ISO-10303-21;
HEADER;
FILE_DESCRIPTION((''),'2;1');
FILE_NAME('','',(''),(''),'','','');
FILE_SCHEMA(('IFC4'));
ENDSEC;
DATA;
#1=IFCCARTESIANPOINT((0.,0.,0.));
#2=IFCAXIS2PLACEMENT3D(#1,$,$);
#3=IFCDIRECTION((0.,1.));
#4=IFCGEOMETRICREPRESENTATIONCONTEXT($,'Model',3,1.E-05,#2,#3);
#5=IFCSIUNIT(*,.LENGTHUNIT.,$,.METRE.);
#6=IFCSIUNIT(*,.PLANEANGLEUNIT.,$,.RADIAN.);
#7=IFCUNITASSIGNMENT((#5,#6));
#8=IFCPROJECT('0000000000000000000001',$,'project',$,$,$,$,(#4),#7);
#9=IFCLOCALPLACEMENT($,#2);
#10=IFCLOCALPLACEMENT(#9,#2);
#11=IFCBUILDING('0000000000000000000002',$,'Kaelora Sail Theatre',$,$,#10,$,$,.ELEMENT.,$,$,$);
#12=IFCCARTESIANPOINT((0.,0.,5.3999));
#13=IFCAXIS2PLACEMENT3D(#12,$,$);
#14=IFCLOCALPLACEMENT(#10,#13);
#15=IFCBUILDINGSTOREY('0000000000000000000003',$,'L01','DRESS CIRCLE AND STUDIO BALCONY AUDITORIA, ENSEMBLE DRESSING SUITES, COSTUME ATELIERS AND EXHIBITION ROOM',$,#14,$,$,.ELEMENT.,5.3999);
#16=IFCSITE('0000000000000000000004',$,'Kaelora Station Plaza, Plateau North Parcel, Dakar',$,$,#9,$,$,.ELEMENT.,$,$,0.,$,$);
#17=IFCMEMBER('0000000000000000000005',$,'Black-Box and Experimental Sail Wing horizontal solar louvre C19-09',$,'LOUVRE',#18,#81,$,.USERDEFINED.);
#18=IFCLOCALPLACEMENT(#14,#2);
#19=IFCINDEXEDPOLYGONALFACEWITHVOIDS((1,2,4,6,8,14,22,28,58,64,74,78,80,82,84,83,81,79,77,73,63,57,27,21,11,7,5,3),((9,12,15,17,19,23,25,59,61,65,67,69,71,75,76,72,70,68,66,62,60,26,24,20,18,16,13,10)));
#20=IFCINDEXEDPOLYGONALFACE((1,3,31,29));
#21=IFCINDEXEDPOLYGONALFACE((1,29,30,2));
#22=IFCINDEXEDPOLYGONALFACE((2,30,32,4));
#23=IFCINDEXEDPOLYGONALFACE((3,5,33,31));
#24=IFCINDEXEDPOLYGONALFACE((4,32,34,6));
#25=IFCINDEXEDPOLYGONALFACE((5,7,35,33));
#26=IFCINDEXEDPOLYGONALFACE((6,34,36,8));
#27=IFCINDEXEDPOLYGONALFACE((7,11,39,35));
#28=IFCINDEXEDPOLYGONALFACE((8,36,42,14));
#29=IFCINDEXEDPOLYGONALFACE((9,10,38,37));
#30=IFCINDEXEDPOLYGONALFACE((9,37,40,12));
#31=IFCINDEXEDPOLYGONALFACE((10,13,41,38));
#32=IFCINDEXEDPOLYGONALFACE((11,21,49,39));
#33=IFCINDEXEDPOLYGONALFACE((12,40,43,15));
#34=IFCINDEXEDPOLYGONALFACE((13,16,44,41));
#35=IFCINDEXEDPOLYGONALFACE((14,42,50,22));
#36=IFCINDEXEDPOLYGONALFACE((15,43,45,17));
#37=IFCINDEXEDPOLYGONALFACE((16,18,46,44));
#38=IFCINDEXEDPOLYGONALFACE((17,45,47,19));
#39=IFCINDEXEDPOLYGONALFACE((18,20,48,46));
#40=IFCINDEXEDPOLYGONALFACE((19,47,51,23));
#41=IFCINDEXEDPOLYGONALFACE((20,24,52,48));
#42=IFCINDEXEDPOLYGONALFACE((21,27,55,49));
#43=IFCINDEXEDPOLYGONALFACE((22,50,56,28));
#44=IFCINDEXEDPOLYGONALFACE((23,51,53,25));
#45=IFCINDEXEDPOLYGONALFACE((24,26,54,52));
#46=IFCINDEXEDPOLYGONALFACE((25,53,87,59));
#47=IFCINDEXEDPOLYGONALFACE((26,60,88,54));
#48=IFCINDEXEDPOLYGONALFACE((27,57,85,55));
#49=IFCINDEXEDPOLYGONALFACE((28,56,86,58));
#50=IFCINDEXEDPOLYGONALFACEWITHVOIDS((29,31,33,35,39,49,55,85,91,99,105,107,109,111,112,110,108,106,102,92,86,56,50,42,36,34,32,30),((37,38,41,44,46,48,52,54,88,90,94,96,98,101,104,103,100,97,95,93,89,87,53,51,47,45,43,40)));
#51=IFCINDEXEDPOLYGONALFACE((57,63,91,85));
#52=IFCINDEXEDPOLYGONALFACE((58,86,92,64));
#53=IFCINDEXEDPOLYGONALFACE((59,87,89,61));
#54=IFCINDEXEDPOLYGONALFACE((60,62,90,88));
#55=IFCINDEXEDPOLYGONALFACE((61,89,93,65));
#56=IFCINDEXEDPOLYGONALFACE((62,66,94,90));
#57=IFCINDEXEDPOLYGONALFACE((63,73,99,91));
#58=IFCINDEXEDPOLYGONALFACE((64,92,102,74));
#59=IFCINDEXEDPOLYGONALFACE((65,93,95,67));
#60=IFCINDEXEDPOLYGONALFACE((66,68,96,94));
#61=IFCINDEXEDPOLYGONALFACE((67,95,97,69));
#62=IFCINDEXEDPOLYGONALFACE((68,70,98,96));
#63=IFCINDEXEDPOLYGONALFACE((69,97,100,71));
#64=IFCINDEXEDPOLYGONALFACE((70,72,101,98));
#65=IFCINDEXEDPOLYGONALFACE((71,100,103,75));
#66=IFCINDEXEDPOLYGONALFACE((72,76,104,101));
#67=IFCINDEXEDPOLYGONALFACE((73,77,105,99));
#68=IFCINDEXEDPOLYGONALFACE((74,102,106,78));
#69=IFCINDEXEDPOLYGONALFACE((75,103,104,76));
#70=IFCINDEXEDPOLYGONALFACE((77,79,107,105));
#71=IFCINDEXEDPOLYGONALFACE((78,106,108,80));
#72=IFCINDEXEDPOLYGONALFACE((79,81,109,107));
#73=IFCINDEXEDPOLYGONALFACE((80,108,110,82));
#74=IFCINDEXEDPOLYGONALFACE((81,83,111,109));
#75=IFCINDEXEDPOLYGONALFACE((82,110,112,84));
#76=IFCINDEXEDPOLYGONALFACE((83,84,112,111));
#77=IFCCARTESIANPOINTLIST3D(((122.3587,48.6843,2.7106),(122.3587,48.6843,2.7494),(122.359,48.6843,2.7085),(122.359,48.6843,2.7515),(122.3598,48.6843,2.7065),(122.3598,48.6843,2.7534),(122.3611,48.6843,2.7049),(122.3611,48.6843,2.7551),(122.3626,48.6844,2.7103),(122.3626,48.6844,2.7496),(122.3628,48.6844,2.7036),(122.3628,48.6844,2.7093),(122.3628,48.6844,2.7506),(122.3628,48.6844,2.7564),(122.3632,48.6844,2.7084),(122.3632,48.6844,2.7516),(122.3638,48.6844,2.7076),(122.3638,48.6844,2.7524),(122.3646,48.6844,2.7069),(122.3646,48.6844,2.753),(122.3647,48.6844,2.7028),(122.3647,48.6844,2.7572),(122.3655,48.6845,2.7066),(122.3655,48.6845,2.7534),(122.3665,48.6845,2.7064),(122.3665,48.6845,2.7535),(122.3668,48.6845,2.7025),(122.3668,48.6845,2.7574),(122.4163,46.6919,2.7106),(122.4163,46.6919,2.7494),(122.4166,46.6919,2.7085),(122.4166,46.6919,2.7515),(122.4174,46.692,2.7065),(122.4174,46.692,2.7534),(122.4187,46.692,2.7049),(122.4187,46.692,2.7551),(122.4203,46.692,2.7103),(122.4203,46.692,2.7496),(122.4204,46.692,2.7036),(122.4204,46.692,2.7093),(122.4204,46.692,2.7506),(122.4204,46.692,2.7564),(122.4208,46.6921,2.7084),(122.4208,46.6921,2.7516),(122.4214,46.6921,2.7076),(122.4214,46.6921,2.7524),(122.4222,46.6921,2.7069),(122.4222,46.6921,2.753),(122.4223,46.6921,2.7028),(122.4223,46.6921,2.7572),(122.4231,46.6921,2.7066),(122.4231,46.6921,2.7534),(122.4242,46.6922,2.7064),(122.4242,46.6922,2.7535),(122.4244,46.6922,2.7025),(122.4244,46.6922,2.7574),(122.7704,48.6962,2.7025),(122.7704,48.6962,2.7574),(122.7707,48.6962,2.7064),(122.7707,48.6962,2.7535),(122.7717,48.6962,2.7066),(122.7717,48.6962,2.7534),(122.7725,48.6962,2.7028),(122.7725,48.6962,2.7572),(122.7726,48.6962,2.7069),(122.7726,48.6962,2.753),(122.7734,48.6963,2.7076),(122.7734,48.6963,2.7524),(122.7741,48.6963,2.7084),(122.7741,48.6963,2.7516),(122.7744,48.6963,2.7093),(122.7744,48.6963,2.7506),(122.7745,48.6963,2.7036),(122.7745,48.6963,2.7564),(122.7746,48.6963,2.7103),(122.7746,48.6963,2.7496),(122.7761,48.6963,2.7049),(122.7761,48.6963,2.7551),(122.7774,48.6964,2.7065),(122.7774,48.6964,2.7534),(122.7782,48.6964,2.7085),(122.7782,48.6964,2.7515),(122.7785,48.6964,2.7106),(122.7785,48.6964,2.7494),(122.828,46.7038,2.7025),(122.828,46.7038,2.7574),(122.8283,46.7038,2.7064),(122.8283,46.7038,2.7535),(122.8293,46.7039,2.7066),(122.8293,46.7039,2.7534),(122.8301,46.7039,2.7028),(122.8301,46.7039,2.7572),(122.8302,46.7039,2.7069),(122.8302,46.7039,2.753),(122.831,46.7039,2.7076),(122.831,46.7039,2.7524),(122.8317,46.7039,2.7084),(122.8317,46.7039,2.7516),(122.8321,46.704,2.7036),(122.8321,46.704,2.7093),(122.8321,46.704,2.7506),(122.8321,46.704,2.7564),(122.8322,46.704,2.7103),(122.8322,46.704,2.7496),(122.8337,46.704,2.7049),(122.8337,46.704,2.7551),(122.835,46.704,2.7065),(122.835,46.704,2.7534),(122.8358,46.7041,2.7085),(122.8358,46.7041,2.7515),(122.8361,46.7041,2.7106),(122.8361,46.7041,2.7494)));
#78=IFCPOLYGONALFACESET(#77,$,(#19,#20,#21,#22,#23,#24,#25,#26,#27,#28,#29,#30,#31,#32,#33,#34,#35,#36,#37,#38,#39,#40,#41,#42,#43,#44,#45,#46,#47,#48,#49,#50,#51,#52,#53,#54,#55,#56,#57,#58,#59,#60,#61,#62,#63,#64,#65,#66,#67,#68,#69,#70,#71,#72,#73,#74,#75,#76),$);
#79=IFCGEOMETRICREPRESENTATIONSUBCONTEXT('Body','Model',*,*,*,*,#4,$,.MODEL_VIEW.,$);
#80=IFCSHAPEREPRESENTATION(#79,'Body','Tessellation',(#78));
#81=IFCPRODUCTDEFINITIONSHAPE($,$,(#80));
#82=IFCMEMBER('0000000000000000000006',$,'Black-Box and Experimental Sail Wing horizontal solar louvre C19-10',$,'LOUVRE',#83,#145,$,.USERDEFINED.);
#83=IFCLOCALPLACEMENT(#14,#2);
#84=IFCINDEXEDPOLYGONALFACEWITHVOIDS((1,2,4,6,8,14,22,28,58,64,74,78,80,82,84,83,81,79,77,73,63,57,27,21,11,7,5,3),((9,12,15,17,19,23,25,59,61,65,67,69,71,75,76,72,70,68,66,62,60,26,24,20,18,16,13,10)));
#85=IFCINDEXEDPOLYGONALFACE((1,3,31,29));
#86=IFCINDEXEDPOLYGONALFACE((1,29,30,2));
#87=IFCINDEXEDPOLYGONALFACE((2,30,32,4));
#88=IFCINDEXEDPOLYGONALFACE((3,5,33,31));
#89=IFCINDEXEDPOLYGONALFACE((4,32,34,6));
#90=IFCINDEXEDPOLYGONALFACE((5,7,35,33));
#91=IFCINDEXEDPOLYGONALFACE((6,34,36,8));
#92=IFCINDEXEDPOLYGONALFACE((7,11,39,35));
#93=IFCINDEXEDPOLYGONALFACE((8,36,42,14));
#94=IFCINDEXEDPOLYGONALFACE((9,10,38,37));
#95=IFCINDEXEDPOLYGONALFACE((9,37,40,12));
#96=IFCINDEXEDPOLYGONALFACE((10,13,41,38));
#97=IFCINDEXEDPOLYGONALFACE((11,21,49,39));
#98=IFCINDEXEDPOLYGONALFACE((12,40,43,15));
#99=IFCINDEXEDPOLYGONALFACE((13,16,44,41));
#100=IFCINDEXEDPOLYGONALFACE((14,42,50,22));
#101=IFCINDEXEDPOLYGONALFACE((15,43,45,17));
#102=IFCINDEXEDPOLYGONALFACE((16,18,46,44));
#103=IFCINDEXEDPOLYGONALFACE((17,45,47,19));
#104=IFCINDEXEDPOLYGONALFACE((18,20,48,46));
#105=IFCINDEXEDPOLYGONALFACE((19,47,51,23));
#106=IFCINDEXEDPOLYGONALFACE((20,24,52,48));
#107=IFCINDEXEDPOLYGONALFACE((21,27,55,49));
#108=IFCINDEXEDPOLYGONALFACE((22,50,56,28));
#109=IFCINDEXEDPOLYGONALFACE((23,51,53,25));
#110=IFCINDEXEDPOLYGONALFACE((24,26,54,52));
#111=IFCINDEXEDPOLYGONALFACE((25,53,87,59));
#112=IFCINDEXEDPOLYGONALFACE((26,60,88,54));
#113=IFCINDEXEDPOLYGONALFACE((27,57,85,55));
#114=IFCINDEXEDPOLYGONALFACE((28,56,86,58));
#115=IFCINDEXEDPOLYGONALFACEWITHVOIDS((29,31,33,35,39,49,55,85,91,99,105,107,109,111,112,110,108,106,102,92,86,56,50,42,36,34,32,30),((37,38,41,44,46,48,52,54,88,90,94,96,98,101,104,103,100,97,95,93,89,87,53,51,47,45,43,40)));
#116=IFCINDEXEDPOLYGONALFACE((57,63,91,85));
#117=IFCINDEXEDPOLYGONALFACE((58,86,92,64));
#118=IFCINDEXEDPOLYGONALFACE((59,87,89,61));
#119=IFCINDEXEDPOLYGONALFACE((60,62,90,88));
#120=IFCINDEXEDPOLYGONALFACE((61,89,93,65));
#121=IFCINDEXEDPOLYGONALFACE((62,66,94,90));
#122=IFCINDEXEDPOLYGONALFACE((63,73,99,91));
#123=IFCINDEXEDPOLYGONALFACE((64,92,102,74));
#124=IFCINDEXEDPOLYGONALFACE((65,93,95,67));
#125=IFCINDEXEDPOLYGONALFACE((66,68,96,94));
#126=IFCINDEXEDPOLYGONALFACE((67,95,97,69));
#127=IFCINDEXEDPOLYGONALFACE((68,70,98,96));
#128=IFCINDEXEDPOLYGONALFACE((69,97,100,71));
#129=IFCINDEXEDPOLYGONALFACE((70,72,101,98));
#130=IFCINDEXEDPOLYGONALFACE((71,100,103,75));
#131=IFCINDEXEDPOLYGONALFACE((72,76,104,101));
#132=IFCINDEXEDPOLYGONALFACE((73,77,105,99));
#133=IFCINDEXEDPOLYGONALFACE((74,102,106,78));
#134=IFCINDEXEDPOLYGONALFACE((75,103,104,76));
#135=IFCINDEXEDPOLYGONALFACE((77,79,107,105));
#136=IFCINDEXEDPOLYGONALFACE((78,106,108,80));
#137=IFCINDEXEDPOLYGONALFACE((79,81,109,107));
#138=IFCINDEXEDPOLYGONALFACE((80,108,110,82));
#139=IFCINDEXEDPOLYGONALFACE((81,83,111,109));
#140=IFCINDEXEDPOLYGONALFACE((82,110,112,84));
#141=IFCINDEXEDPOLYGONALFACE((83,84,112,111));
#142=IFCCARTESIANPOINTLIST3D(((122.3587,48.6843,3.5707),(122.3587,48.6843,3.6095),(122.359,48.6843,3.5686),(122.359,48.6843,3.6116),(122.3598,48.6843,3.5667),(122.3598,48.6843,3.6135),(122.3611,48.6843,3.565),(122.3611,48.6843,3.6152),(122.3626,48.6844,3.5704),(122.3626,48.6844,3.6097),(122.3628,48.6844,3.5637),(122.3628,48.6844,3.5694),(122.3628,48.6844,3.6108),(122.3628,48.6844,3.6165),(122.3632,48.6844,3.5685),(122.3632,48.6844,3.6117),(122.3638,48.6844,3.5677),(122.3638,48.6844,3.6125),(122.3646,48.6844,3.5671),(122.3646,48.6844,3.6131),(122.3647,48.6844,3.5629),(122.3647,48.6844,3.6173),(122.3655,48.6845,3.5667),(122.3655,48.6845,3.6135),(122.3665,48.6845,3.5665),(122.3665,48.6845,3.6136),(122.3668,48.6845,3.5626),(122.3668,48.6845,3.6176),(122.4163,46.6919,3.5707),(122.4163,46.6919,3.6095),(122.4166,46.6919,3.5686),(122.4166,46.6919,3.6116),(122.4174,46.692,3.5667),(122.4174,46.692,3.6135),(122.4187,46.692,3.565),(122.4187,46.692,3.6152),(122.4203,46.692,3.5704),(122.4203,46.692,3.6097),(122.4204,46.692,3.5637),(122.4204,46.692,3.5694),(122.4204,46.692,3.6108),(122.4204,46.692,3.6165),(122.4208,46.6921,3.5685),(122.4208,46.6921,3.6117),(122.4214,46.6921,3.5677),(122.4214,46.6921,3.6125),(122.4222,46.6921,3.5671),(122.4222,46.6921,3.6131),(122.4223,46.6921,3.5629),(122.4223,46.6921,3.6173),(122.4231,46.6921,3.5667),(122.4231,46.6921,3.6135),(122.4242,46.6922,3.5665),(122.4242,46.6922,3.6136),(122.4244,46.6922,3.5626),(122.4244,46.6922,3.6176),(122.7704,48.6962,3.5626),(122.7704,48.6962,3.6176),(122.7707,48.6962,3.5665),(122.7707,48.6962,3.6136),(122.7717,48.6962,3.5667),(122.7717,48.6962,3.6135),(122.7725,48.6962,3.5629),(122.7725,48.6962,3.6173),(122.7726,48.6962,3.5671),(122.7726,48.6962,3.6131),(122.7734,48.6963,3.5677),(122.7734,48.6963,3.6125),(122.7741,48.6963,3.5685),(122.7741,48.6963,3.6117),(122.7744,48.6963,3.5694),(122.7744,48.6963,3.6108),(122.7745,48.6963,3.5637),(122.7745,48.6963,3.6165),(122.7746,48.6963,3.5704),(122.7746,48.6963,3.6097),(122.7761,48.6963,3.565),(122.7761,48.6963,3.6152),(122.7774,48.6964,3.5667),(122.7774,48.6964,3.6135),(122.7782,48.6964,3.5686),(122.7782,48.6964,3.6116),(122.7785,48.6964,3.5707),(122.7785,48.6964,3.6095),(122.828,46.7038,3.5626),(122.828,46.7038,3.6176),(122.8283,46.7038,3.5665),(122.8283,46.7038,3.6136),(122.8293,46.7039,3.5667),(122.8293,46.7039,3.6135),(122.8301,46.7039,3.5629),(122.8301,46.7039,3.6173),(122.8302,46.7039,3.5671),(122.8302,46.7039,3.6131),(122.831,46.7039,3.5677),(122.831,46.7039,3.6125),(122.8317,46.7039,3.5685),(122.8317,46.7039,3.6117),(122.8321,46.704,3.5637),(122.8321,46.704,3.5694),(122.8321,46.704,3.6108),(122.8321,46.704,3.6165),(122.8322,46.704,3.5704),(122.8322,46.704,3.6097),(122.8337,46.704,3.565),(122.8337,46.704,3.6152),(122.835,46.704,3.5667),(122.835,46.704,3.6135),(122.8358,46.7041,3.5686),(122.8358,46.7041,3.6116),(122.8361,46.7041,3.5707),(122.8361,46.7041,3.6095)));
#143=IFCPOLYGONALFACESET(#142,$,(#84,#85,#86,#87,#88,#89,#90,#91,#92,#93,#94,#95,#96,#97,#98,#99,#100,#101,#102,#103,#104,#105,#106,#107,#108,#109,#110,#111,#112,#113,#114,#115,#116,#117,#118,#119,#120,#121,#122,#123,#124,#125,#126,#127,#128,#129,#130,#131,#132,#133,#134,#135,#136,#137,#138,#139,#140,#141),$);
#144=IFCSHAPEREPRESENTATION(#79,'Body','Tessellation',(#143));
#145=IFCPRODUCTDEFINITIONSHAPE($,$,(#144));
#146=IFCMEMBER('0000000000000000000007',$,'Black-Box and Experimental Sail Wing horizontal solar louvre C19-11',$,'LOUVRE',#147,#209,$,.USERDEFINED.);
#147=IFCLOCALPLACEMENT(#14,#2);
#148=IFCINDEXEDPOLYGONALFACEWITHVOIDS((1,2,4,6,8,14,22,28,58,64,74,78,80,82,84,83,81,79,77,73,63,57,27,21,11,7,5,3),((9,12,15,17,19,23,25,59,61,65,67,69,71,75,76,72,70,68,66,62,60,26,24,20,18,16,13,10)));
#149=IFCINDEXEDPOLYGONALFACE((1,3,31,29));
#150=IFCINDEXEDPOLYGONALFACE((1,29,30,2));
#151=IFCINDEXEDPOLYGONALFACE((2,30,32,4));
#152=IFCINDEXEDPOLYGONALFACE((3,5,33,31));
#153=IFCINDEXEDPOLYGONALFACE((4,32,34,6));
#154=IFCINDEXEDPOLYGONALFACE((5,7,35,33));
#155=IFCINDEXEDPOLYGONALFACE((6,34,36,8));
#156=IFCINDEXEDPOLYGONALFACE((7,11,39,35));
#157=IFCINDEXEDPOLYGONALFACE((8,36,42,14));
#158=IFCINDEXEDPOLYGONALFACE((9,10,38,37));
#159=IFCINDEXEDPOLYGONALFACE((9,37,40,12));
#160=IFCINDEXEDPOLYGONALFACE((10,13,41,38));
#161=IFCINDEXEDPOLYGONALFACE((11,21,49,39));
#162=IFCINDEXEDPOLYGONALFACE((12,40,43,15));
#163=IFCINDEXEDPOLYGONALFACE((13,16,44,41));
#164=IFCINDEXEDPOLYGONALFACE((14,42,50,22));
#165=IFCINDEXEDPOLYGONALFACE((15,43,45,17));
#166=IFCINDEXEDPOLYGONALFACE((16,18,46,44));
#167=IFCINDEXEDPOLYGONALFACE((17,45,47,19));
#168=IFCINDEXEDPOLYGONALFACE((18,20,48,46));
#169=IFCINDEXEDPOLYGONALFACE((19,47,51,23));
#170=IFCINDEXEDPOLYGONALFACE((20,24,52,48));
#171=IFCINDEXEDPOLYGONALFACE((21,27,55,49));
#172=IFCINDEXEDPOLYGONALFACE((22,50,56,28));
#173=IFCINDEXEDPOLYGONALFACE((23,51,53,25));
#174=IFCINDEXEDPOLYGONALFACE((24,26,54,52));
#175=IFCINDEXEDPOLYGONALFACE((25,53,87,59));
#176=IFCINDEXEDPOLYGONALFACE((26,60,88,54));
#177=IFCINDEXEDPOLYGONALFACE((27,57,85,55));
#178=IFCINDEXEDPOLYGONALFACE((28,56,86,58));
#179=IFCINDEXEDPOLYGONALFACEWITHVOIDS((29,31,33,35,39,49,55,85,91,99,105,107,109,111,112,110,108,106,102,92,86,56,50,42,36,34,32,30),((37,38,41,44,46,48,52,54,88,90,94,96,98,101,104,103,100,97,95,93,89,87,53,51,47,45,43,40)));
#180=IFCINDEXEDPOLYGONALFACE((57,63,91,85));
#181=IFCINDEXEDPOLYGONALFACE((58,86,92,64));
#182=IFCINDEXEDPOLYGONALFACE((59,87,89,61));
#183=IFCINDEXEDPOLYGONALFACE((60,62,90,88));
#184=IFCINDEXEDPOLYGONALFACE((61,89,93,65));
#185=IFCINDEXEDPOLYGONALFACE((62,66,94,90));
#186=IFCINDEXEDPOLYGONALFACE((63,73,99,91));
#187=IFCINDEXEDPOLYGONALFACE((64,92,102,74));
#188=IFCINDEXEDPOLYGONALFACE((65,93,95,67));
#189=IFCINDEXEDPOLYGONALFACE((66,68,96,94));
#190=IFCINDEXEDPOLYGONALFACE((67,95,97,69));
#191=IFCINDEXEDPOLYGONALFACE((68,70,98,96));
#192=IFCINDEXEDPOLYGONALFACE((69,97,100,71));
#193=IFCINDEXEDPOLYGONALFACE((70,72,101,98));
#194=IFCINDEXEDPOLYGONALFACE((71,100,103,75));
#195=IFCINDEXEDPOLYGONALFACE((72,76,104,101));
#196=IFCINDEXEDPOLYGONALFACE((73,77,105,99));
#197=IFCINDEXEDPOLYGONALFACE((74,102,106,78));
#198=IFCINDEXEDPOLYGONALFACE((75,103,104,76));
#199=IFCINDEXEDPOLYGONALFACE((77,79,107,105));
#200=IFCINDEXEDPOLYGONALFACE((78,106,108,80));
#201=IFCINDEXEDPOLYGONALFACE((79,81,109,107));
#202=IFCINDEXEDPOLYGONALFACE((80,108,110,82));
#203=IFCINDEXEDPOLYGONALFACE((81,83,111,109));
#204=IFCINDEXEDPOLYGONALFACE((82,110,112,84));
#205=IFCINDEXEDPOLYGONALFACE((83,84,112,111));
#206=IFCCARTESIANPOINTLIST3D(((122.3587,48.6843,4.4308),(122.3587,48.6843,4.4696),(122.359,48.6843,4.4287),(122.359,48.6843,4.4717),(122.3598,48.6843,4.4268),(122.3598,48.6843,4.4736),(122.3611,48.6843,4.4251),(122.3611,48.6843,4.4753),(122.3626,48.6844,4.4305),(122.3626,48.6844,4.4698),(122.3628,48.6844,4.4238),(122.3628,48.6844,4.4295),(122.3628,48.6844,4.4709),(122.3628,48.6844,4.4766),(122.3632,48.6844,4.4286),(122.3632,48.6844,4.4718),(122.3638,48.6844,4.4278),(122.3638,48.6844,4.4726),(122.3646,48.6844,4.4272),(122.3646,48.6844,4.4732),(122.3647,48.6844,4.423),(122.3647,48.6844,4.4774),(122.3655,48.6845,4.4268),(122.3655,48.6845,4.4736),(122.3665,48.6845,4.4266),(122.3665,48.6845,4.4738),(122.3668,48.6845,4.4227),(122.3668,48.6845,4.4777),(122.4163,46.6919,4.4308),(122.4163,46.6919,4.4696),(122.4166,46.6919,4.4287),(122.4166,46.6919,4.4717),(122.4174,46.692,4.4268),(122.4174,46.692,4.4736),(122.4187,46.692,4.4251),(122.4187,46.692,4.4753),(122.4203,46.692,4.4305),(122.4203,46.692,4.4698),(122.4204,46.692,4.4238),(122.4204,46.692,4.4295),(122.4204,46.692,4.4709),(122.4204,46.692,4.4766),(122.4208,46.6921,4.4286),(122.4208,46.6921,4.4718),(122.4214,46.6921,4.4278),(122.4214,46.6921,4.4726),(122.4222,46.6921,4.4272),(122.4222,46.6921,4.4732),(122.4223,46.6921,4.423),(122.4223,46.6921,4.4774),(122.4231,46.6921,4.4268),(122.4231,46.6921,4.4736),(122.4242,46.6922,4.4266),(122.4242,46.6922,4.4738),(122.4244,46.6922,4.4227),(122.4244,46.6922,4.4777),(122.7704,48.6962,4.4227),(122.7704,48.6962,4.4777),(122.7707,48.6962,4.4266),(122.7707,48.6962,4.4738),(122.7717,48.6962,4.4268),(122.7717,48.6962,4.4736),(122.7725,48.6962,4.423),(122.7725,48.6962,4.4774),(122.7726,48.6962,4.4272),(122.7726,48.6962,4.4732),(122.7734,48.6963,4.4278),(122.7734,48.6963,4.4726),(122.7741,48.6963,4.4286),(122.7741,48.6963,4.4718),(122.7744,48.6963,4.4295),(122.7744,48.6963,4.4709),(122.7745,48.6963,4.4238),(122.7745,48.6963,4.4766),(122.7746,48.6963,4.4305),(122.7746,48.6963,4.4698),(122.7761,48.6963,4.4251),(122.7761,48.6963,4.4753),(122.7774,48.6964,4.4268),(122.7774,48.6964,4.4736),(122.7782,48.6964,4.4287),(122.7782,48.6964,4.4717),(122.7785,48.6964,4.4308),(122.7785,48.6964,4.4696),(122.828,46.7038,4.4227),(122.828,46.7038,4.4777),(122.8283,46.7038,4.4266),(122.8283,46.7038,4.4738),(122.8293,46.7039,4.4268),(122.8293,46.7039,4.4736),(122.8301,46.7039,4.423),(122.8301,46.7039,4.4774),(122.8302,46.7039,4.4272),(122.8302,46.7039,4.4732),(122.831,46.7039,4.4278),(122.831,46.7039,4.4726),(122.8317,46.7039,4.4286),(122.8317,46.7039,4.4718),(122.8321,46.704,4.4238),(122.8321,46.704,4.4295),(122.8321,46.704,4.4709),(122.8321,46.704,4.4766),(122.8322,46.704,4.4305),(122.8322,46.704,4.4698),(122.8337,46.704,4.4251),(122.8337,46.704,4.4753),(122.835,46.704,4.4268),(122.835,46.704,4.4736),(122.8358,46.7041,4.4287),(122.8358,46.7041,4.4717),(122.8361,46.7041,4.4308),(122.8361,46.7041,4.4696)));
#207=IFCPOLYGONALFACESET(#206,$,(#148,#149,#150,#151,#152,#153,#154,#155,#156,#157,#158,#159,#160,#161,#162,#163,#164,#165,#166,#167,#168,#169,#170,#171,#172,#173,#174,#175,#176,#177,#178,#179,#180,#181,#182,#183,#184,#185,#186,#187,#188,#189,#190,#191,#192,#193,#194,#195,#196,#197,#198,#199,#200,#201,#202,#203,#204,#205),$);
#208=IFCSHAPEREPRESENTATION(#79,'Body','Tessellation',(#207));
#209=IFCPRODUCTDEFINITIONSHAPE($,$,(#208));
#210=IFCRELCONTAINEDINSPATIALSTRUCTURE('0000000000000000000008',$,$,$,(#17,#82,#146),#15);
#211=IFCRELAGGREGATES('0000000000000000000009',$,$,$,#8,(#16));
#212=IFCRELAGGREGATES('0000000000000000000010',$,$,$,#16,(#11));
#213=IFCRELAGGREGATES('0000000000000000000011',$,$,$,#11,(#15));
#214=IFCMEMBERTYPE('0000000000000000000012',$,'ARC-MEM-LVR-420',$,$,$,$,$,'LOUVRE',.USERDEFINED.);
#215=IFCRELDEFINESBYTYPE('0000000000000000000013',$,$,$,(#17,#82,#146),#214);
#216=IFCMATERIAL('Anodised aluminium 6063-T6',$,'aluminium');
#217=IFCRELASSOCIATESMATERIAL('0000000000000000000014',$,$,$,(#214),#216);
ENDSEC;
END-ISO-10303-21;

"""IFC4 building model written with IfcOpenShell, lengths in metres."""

from ifc_helpers import new_model, si_unit, direction, frame, origin, origin_2d, place, context, subcontext, project, spatial, hollow_rectangle, extrude, material, material_profile, profile_set, type_object, element, save


model = new_model("IFC4")

# Units and contexts
model_context = context("Model", 3, precision=1e-05, world=origin(), true_north=direction((0.0, 1.0)))
body_context = subcontext(model_context, "Body", "Model", "MODEL_VIEW")
ifc_project = project(units=[si_unit("LENGTHUNIT", "METRE"), si_unit("PLANEANGLEUNIT", "RADIAN")], contexts=[model_context])

# Site, building, storey
site_placement = place(None, origin())
site = spatial("IfcSite", under=ifc_project, at=site_placement, Name="Kaelora Station Plaza, Plateau North Parcel, Dakar", CompositionType="ELEMENT", RefElevation=0.0)
building_placement = place(site_placement, origin())
building = spatial("IfcBuilding", under=site, at=building_placement, Name="Kaelora Sail Theatre", CompositionType="ELEMENT")
storey_placement = place(building_placement, frame((0.0, 0.0, 5.3999)))
storey = spatial("IfcBuildingStorey", under=building, at=storey_placement, Name="L01", Description="DRESS CIRCLE AND STUDIO BALCONY AUDITORIA, ENSEMBLE DRESSING SUITES, COSTUME ATELIERS AND EXHIBITION ROOM", CompositionType="ELEMENT", Elevation=5.3999)

# Members
ifc_material_1 = material(Name="Anodised aluminium 6063-T6", Category="aluminium")
ifc_material_profile_1 = material_profile(ifc_material_1, hollow_rectangle(XDim=0.4199, YDim=0.0549, WallThickness=0.0039, InnerFilletRadius=0.0039, OuterFilletRadius=0.0081, at=origin_2d()), Name="LOUVRE 420x55x4")
ifc_profile_set_1 = profile_set([ifc_material_profile_1], Name="Anodised aluminium 6063-T6")
member_type_1 = type_object("IfcMemberType", Name="ARC-MEM-LVR-420", ElementType="LOUVRE", PredefinedType="USERDEFINED", material=ifc_profile_set_1)
for number, where, z_axis, x_axis, name in (
    (1, (122.6262, 46.698, 2.73), (-0.028906, 0.999582, 0.0), (-0.999582, -0.028906, 0.0), "Black-Box and Experimental Sail Wing horizontal solar louvre C19-09"),
    (2, (122.6262, 46.698, 3.5901), (-0.028906, 0.999582, 0.0), (-0.999582, -0.028906, 0.0), "Black-Box and Experimental Sail Wing horizontal solar louvre C19-10"),
    (3, (122.6262, 46.698, 4.4502), (-0.028906, 0.999582, 0.0), (-0.999582, -0.028906, 0.0), "Black-Box and Experimental Sail Wing horizontal solar louvre C19-11"),
):
    element("IfcMember", number, at=place(storey_placement, frame(where, z_axis=z_axis, x_axis=x_axis)), inside=storey, type_object=member_type_1, Name=name, ObjectType="LOUVRE", PredefinedType="USERDEFINED", context=body_context, shape_type="SweptSolid", body=[
        extrude(hollow_rectangle(XDim=0.4199, YDim=0.0549, WallThickness=0.0039, InnerFilletRadius=0.0039, OuterFilletRadius=0.0081, at=origin_2d()), origin(), (0.0, 0.0, 1.0), 1.9932),
    ])

save(model, "model.ifc")
